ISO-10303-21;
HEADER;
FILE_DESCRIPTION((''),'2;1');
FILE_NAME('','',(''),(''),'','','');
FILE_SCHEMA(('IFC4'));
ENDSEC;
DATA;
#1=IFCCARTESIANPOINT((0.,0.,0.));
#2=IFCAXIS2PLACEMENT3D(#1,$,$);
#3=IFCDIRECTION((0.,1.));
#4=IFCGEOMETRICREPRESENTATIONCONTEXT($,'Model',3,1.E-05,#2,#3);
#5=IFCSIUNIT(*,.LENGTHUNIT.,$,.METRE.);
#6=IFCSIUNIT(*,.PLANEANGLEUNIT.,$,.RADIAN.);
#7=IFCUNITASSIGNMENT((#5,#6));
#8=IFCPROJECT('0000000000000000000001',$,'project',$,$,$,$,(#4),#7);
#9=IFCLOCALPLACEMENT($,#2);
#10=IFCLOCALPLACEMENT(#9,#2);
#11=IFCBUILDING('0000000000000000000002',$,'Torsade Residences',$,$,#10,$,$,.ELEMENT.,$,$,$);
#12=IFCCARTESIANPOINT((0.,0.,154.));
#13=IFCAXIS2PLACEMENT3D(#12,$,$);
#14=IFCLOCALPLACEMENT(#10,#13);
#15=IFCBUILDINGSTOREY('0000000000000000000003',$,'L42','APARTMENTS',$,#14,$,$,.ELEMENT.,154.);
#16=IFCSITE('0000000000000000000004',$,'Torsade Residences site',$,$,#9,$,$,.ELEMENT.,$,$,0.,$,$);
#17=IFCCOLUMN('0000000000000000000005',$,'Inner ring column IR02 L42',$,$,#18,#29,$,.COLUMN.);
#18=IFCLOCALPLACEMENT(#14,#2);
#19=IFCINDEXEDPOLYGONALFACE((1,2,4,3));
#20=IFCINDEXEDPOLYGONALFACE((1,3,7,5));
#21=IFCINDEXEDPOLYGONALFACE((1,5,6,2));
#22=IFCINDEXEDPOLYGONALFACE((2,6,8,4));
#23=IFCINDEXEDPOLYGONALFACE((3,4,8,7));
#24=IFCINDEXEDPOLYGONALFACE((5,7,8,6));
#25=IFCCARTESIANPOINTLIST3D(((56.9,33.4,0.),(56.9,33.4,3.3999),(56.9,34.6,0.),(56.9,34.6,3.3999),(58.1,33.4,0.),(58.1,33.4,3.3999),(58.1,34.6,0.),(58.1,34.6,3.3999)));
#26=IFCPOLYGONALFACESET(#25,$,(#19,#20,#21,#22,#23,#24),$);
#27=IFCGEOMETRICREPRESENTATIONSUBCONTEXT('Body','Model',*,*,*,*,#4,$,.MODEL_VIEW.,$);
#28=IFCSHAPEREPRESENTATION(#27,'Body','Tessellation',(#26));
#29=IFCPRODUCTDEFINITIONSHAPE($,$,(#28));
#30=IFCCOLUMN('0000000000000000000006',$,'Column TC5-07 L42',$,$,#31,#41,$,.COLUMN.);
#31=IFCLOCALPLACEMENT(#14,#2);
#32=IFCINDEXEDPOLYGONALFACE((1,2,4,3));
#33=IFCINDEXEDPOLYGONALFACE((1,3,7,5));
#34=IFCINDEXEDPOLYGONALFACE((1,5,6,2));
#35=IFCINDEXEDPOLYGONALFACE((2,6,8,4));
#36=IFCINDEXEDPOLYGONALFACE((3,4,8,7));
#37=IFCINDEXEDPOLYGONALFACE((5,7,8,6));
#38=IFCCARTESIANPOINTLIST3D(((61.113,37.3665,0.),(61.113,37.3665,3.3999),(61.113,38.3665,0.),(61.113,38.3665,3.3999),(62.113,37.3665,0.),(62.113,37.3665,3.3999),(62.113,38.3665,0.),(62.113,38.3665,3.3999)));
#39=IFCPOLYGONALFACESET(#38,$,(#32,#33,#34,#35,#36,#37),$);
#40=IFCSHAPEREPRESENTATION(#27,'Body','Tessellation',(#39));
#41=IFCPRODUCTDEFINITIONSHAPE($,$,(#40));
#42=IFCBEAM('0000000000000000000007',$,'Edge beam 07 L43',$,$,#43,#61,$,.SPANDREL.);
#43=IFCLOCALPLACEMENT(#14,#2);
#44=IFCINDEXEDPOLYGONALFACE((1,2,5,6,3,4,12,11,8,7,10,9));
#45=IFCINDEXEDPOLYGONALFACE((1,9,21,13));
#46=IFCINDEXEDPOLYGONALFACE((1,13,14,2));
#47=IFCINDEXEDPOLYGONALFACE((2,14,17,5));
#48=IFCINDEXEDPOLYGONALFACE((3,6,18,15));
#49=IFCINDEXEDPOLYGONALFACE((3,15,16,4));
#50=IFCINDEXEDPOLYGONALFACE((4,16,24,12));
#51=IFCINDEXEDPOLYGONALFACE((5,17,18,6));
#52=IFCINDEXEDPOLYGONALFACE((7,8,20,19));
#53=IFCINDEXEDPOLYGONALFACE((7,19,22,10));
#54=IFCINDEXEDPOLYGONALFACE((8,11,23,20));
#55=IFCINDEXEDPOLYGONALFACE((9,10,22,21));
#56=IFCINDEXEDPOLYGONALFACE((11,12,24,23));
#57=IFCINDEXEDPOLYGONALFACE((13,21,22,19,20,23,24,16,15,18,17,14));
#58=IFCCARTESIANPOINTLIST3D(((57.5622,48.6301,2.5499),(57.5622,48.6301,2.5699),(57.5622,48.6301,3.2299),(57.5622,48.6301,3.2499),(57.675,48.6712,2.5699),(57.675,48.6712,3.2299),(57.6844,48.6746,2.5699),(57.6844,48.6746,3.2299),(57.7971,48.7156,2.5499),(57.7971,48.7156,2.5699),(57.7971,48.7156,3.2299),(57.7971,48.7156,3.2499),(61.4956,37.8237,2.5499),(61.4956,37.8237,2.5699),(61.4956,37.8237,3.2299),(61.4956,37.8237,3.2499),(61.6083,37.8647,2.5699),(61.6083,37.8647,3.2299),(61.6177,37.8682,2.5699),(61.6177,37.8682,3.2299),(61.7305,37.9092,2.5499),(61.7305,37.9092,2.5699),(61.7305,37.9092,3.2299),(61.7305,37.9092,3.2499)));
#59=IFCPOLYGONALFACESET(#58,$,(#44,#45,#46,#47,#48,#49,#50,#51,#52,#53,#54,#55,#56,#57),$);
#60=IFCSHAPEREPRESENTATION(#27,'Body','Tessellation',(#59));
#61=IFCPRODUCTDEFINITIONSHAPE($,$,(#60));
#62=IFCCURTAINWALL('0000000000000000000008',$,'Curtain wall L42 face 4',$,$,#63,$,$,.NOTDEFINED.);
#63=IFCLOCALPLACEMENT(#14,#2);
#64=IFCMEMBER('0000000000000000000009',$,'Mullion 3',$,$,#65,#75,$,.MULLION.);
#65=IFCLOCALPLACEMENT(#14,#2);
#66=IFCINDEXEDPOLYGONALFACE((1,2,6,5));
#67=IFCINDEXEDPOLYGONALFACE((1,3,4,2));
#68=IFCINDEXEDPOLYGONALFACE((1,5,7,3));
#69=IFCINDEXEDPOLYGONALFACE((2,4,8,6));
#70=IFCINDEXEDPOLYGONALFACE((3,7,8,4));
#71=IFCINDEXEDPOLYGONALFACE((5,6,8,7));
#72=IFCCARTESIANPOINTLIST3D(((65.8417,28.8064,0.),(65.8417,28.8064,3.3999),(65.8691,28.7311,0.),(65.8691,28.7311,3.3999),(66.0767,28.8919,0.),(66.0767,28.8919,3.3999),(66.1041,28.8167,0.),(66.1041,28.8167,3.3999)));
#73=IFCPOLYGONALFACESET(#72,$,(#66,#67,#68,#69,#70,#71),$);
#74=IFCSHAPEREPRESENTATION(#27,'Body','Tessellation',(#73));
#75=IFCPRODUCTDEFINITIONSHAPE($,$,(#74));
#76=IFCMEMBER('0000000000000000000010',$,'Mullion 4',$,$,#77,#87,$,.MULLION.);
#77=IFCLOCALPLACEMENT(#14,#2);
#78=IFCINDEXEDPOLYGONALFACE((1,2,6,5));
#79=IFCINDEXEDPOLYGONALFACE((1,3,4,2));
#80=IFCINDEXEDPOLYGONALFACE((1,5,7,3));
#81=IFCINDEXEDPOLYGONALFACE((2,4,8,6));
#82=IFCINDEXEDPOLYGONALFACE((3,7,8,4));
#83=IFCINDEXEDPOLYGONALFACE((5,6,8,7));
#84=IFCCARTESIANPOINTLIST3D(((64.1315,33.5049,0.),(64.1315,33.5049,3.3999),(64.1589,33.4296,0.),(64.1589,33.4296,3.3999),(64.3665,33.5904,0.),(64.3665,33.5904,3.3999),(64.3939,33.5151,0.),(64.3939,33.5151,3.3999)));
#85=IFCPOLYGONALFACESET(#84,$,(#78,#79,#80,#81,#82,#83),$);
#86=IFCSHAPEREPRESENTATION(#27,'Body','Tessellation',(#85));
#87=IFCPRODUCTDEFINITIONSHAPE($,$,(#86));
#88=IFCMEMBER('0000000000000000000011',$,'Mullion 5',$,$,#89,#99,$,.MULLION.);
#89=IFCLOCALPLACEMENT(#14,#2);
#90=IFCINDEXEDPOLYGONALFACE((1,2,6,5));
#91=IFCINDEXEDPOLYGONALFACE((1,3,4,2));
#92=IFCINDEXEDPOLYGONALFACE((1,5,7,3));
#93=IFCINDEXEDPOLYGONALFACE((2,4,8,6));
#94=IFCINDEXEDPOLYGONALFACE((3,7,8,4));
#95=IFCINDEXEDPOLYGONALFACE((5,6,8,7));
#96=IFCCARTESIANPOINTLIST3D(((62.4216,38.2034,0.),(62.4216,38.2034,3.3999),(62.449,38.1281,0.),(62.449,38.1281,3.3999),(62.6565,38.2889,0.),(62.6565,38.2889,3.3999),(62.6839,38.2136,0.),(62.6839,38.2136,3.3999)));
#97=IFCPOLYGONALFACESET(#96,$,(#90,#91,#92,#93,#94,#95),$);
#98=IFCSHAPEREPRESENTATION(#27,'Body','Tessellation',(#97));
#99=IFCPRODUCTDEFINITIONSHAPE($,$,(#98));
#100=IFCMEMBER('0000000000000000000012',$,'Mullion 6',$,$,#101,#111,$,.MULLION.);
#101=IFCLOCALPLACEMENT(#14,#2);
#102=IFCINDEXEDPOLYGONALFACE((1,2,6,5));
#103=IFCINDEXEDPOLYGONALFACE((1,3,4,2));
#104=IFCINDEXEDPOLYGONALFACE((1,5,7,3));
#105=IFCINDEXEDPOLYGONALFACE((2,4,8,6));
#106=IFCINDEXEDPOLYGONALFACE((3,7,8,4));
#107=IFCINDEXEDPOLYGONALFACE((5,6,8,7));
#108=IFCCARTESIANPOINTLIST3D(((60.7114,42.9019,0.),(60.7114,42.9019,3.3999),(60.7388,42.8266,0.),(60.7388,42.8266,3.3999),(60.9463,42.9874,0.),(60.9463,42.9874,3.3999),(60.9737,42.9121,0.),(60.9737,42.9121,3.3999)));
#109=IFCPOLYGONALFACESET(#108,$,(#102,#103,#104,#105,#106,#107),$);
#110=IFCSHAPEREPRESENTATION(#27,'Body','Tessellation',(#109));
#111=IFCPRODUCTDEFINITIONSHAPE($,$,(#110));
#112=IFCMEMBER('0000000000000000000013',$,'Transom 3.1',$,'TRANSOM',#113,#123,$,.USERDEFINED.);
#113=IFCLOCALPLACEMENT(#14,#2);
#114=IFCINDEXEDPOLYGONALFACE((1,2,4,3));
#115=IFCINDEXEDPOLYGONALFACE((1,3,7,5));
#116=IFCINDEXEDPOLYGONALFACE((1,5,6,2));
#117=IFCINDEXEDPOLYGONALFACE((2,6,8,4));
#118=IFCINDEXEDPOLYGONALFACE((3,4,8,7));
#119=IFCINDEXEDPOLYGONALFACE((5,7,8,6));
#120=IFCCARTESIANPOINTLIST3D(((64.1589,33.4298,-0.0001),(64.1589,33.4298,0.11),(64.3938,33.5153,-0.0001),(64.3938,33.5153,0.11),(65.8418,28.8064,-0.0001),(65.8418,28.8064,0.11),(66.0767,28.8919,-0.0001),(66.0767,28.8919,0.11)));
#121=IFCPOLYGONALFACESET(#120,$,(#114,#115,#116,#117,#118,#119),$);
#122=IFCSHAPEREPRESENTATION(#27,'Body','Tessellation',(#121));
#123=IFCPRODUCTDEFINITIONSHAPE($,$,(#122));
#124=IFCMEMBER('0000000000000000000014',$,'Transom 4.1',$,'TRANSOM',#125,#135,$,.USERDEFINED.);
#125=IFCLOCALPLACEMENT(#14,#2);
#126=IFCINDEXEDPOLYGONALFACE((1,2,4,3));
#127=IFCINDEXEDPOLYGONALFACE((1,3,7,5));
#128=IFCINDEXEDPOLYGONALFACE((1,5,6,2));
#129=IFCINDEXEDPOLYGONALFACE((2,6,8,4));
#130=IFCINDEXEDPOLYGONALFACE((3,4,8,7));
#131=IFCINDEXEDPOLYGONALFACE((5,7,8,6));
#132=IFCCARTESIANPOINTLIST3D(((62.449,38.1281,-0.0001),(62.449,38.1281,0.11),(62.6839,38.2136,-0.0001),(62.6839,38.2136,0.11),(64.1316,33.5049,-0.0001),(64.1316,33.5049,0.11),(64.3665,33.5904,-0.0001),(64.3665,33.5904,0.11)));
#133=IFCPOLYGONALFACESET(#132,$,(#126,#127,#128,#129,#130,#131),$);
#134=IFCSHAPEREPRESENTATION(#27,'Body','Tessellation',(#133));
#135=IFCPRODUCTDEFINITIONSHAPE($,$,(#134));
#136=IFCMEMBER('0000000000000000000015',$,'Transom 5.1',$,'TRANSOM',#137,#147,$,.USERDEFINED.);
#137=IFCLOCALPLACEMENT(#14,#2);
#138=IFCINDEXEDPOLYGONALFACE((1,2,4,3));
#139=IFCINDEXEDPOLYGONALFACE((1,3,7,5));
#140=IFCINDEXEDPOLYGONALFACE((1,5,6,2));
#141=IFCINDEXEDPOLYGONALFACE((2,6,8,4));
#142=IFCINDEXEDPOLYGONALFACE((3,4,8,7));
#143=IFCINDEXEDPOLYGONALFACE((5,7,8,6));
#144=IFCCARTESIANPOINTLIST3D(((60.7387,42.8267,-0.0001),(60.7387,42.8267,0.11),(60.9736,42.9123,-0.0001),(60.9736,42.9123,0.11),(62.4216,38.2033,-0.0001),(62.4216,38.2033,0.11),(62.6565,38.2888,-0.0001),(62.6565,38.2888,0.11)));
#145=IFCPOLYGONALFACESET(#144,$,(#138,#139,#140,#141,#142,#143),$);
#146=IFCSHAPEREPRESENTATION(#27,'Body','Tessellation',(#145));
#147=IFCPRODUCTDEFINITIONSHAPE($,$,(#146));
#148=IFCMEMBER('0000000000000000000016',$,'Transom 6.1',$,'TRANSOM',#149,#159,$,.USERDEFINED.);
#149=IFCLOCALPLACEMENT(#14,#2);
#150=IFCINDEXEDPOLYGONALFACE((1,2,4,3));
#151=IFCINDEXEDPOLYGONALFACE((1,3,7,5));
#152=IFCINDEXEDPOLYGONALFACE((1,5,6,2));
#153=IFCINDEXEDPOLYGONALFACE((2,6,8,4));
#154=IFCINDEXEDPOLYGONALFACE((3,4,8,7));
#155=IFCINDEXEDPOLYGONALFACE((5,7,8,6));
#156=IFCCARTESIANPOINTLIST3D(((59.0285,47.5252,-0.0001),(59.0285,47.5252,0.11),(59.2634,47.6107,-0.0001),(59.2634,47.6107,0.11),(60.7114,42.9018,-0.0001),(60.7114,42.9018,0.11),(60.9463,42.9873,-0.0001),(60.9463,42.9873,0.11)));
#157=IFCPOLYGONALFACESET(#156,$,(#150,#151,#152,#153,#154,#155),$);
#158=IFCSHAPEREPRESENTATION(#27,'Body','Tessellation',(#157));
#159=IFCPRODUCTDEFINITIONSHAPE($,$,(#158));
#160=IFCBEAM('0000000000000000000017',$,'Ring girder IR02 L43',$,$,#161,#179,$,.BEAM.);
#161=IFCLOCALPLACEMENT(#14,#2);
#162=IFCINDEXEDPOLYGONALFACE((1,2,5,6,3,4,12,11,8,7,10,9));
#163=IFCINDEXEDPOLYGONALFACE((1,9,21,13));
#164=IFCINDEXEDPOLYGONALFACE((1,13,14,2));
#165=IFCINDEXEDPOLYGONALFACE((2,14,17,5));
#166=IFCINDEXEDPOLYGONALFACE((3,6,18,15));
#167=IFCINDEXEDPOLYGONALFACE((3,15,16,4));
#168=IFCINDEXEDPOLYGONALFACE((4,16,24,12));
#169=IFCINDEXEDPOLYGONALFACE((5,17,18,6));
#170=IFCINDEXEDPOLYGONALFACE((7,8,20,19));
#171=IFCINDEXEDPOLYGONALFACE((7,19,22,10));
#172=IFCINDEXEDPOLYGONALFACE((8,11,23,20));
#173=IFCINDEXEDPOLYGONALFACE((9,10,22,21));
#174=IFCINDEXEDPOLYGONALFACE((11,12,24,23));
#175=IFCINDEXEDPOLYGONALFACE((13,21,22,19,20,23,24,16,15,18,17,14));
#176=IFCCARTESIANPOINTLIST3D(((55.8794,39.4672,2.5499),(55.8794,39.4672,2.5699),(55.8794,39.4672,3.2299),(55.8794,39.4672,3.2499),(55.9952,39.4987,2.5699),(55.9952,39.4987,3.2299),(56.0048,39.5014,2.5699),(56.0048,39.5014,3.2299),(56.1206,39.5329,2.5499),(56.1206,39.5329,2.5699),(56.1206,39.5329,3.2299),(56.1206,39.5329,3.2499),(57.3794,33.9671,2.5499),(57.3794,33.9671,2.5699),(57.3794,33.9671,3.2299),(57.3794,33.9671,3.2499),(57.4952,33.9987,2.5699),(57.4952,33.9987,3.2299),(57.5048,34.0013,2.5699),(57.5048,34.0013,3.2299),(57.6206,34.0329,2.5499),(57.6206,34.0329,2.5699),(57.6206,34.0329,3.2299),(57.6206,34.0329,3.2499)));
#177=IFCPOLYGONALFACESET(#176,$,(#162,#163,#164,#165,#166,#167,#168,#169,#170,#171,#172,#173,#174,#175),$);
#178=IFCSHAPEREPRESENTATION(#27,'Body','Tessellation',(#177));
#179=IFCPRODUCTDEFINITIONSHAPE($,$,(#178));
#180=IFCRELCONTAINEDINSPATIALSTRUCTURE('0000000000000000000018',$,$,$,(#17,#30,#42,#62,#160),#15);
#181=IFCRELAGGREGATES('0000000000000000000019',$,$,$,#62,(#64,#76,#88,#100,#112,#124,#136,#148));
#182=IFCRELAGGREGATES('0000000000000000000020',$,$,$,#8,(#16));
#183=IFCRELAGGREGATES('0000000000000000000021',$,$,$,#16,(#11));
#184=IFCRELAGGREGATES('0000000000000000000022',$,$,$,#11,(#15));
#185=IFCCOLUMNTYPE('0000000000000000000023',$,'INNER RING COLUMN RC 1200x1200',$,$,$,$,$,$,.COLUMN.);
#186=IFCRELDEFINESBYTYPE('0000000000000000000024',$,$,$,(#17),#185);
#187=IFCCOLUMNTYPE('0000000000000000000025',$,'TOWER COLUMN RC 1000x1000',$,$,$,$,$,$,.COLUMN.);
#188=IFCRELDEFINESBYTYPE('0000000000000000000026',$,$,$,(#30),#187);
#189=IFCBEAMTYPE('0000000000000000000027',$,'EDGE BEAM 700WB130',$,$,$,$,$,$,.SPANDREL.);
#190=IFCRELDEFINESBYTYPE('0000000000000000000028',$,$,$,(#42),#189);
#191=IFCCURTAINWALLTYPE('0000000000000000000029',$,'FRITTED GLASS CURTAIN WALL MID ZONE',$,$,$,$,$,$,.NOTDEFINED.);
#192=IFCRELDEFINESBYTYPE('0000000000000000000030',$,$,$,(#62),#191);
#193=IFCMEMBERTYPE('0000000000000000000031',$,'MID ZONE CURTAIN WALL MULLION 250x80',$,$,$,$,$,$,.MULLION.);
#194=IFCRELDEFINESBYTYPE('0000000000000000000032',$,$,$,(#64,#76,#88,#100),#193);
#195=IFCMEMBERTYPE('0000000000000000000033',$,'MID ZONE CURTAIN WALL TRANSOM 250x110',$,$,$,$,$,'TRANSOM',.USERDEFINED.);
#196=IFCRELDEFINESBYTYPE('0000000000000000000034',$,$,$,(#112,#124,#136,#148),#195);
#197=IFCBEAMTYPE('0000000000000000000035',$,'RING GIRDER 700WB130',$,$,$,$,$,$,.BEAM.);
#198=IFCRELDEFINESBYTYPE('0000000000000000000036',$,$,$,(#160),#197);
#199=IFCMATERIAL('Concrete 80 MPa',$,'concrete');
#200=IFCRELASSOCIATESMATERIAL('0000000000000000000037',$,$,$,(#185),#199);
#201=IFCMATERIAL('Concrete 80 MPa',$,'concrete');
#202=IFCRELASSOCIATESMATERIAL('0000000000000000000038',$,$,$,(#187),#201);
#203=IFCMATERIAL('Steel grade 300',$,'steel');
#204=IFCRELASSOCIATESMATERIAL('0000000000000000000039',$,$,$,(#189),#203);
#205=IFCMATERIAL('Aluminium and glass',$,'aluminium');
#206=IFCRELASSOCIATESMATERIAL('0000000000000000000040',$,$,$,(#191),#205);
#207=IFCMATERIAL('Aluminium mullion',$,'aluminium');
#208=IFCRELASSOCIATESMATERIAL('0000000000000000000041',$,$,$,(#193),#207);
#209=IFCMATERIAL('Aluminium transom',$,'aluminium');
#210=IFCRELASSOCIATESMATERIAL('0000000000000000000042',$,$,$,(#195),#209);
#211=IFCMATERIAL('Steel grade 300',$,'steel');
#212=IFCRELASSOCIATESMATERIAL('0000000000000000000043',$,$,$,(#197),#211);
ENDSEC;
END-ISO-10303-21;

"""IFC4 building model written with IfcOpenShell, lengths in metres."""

from ifc_helpers import new_model, si_unit, direction, frame, origin, origin_2d, place, context, subcontext, project, spatial, rectangle, i_section, extrude, material, material_profile, profile_set, type_object, element, aggregate, save


model = new_model("IFC4")

# Units and contexts
model_context = context("Model", 3, precision=1e-05, world=origin(), true_north=direction((0.0, 1.0)))
body_context = subcontext(model_context, "Body", "Model", "MODEL_VIEW")
ifc_project = project(units=[si_unit("LENGTHUNIT", "METRE"), si_unit("PLANEANGLEUNIT", "RADIAN")], contexts=[model_context])

# Site, building, storey
site_placement = place(None, origin())
site = spatial("IfcSite", under=ifc_project, at=site_placement, Name="Torsade Residences site", CompositionType="ELEMENT", RefElevation=0.0)
building_placement = place(site_placement, origin())
building = spatial("IfcBuilding", under=site, at=building_placement, Name="Torsade Residences", CompositionType="ELEMENT")
storey_placement = place(building_placement, frame((0.0, 0.0, 154.0)))
storey = spatial("IfcBuildingStorey", under=building, at=storey_placement, Name="L42", Description="APARTMENTS", CompositionType="ELEMENT", Elevation=154.0)

# Columns
ifc_material_1 = material(Name="Concrete 80 MPa", Category="concrete")
ifc_material_profile_1 = material_profile(ifc_material_1, rectangle(XDim=1.2, YDim=1.2, at=origin_2d()), Name="RC 1200x1200")
ifc_profile_set_1 = profile_set([ifc_material_profile_1], Name="Concrete 80 MPa")
column_type_1 = type_object("IfcColumnType", Name="INNER RING COLUMN RC 1200x1200", PredefinedType="COLUMN", material=ifc_profile_set_1)
column_1_placement = place(storey_placement, frame((57.5, 34.0, 0.0), z_axis=(0.0, 0.0, 1.0), x_axis=(1.0, 0.0, 0.0)))
element("IfcColumn", 1, at=column_1_placement, inside=storey, type_object=column_type_1, Name="Inner ring column IR02 L42", PredefinedType="COLUMN", context=body_context, shape_type="SweptSolid", body=[
    extrude(rectangle(XDim=1.2, YDim=1.2, at=origin_2d()), origin(), (0.0, 0.0, 1.0), 3.3999),
])
ifc_material_2 = material(Name="Concrete 80 MPa", Category="concrete")
ifc_material_profile_2 = material_profile(ifc_material_2, rectangle(XDim=1.0, YDim=1.0, at=origin_2d()), Name="RC 1000x1000")
ifc_profile_set_2 = profile_set([ifc_material_profile_2], Name="Concrete 80 MPa")
column_type_2 = type_object("IfcColumnType", Name="TOWER COLUMN RC 1000x1000", PredefinedType="COLUMN", material=ifc_profile_set_2)
column_2_placement = place(storey_placement, frame((61.613, 37.8665, 0.0), z_axis=(0.0, 0.0, 1.0), x_axis=(1.0, 0.0, 0.0)))
element("IfcColumn", 2, at=column_2_placement, inside=storey, type_object=column_type_2, Name="Column TC5-07 L42", PredefinedType="COLUMN", context=body_context, shape_type="SweptSolid", body=[
    extrude(rectangle(XDim=1.0, YDim=1.0, at=origin_2d()), origin(), (0.0, 0.0, 1.0), 3.3999),
])

# Beam
ifc_material_3 = material(Name="Steel grade 300", Category="steel")
ifc_material_profile_3 = material_profile(ifc_material_3, i_section(OverallWidth=0.25, OverallDepth=0.7, WebThickness=0.01, FlangeThickness=0.02, at=origin_2d()), Name="700WB130")
ifc_profile_set_3 = profile_set([ifc_material_profile_3], Name="Steel grade 300")
beam_type_1 = type_object("IfcBeamType", Name="EDGE BEAM 700WB130", PredefinedType="SPANDREL", material=ifc_profile_set_3)
beam_1_placement = place(storey_placement, frame((61.613, 37.8665, 2.8999), z_axis=(-0.342031, 0.939689, 0.0), x_axis=(-0.939689, -0.342031, 0.0)))
element("IfcBeam", 3, at=beam_1_placement, inside=storey, type_object=beam_type_1, Name="Edge beam 07 L43", PredefinedType="SPANDREL", context=body_context, shape_type="SweptSolid", body=[
    extrude(i_section(OverallWidth=0.25, OverallDepth=0.7, WebThickness=0.01, FlangeThickness=0.02, at=origin_2d()), origin(), (0.0, 0.0, 1.0), 11.5),
])

# Curtain wall, members
ifc_material_4 = material(Name="Aluminium and glass", Category="aluminium")
curtain_wall_type = type_object("IfcCurtainWallType", Name="FRITTED GLASS CURTAIN WALL MID ZONE", PredefinedType="NOTDEFINED", material=ifc_material_4)
curtain_wall_placement = place(storey_placement, origin())
curtain_wall = element("IfcCurtainWall", 4, at=curtain_wall_placement, inside=storey, type_object=curtain_wall_type, Name="Curtain wall L42 face 4", PredefinedType="NOTDEFINED")
ifc_material_5 = material(Name="Aluminium mullion", Category="aluminium")
ifc_material_profile_4 = material_profile(ifc_material_5, rectangle(XDim=0.25, YDim=0.0801, at=origin_2d()), Name="MID ZONE CURTAIN WALL MULLION 250x80")
ifc_profile_set_4 = profile_set([ifc_material_profile_4], Name="Aluminium mullion")
member_type_1 = type_object("IfcMemberType", Name="MID ZONE CURTAIN WALL MULLION 250x80", PredefinedType="MULLION", material=ifc_profile_set_4)
member_1_placement = place(storey_placement, frame((65.9729, 28.8115, 0.0), z_axis=(0.0, 0.0, 1.0), x_axis=(-0.939693, -0.34202, 0.0)))
member_1 = element("IfcMember", 5, at=member_1_placement, type_object=member_type_1, Name="Mullion 3", PredefinedType="MULLION", context=body_context, shape_type="SweptSolid", body=[
    extrude(rectangle(XDim=0.25, YDim=0.0801, at=origin_2d()), origin(), (0.0, 0.0, 1.0), 3.3999),
])
member_2_placement = place(storey_placement, frame((64.2627, 33.51, 0.0), z_axis=(0.0, 0.0, 1.0), x_axis=(-0.939693, -0.34202, 0.0)))
member_2 = element("IfcMember", 6, at=member_2_placement, type_object=member_type_1, Name="Mullion 4", PredefinedType="MULLION", context=body_context, shape_type="SweptSolid", body=[
    extrude(rectangle(XDim=0.25, YDim=0.0801, at=origin_2d()), origin(), (0.0, 0.0, 1.0), 3.3999),
])
member_3_placement = place(storey_placement, frame((62.5527, 38.2085, 0.0), z_axis=(0.0, 0.0, 1.0), x_axis=(-0.939693, -0.34202, 0.0)))
member_3 = element("IfcMember", 7, at=member_3_placement, type_object=member_type_1, Name="Mullion 5", PredefinedType="MULLION", context=body_context, shape_type="SweptSolid", body=[
    extrude(rectangle(XDim=0.25, YDim=0.0801, at=origin_2d()), origin(), (0.0, 0.0, 1.0), 3.3999),
])
member_4_placement = place(storey_placement, frame((60.8425, 42.907, 0.0), z_axis=(0.0, 0.0, 1.0), x_axis=(-0.939693, -0.34202, 0.0)))
member_4 = element("IfcMember", 8, at=member_4_placement, type_object=member_type_1, Name="Mullion 6", PredefinedType="MULLION", context=body_context, shape_type="SweptSolid", body=[
    extrude(rectangle(XDim=0.25, YDim=0.0801, at=origin_2d()), origin(), (0.0, 0.0, 1.0), 3.3999),
])
ifc_material_6 = material(Name="Aluminium transom", Category="aluminium")
ifc_material_profile_5 = material_profile(ifc_material_6, rectangle(XDim=0.25, YDim=0.1101, at=origin_2d()), Name="MID ZONE CURTAIN WALL TRANSOM 250x110")
ifc_profile_set_5 = profile_set([ifc_material_profile_5], Name="Aluminium transom")
member_type_2 = type_object("IfcMemberType", Name="MID ZONE CURTAIN WALL TRANSOM 250x110", ElementType="TRANSOM", PredefinedType="USERDEFINED", material=ifc_profile_set_5)
member_5_placement = place(storey_placement, frame((65.9592, 28.8491, 0.0549), z_axis=(-0.342042, 0.939685, 0.0), x_axis=(-0.939685, -0.342042, 0.0)))
member_5 = element("IfcMember", 9, at=member_5_placement, type_object=member_type_2, Name="Transom 3.1", ObjectType="TRANSOM", PredefinedType="USERDEFINED", context=body_context, shape_type="SweptSolid", body=[
    extrude(rectangle(XDim=0.25, YDim=0.1101, at=origin_2d()), origin(), (0.0, 0.0, 1.0), 4.9202),
])
member_6_placement = place(storey_placement, frame((64.249, 33.5476, 0.0549), z_axis=(-0.341998, 0.939701, 0.0), x_axis=(-0.939701, -0.341998, 0.0)))
member_6 = element("IfcMember", 10, at=member_6_placement, type_object=member_type_2, Name="Transom 4.1", ObjectType="TRANSOM", PredefinedType="USERDEFINED", context=body_context, shape_type="SweptSolid", body=[
    extrude(rectangle(XDim=0.25, YDim=0.1101, at=origin_2d()), origin(), (0.0, 0.0, 1.0), 4.9199),
])
member_7_placement = place(storey_placement, frame((62.5391, 38.2461, 0.0549), z_axis=(-0.342042, 0.939685, 0.0), x_axis=(-0.939685, -0.342042, 0.0)))
member_7 = element("IfcMember", 11, at=member_7_placement, type_object=member_type_2, Name="Transom 5.1", ObjectType="TRANSOM", PredefinedType="USERDEFINED", context=body_context, shape_type="SweptSolid", body=[
    extrude(rectangle(XDim=0.25, YDim=0.1101, at=origin_2d()), origin(), (0.0, 0.0, 1.0), 4.9202),
])
member_8_placement = place(storey_placement, frame((60.8289, 42.9446, 0.0549), z_axis=(-0.342042, 0.939685, 0.0), x_axis=(-0.939685, -0.342042, 0.0)))
member_8 = element("IfcMember", 12, at=member_8_placement, type_object=member_type_2, Name="Transom 6.1", ObjectType="TRANSOM", PredefinedType="USERDEFINED", context=body_context, shape_type="SweptSolid", body=[
    extrude(rectangle(XDim=0.25, YDim=0.1101, at=origin_2d()), origin(), (0.0, 0.0, 1.0), 4.9202),
])

# Beam
ifc_material_7 = material(Name="Steel grade 300", Category="steel")
ifc_material_profile_6 = material_profile(ifc_material_7, i_section(OverallWidth=0.25, OverallDepth=0.7, WebThickness=0.01, FlangeThickness=0.02, at=origin_2d()), Name="700WB130")
ifc_profile_set_6 = profile_set([ifc_material_profile_6], Name="Steel grade 300")
beam_type_2 = type_object("IfcBeamType", Name="RING GIRDER 700WB130", PredefinedType="BEAM", material=ifc_profile_set_6)
beam_2_placement = place(storey_placement, frame((57.5, 34.0, 2.8999), z_axis=(-0.263117, 0.964764, 0.0), x_axis=(-0.964764, -0.263117, 0.0)))
element("IfcBeam", 13, at=beam_2_placement, inside=storey, type_object=beam_type_2, Name="Ring girder IR02 L43", PredefinedType="BEAM", context=body_context, shape_type="SweptSolid", body=[
    extrude(i_section(OverallWidth=0.25, OverallDepth=0.7, WebThickness=0.01, FlangeThickness=0.02, at=origin_2d()), origin(), (0.0, 0.0, 1.0), 5.7009),
])

aggregate(curtain_wall, [member_1, member_2, member_3, member_4, member_5, member_6, member_7, member_8])

save(model, "model.ifc")
